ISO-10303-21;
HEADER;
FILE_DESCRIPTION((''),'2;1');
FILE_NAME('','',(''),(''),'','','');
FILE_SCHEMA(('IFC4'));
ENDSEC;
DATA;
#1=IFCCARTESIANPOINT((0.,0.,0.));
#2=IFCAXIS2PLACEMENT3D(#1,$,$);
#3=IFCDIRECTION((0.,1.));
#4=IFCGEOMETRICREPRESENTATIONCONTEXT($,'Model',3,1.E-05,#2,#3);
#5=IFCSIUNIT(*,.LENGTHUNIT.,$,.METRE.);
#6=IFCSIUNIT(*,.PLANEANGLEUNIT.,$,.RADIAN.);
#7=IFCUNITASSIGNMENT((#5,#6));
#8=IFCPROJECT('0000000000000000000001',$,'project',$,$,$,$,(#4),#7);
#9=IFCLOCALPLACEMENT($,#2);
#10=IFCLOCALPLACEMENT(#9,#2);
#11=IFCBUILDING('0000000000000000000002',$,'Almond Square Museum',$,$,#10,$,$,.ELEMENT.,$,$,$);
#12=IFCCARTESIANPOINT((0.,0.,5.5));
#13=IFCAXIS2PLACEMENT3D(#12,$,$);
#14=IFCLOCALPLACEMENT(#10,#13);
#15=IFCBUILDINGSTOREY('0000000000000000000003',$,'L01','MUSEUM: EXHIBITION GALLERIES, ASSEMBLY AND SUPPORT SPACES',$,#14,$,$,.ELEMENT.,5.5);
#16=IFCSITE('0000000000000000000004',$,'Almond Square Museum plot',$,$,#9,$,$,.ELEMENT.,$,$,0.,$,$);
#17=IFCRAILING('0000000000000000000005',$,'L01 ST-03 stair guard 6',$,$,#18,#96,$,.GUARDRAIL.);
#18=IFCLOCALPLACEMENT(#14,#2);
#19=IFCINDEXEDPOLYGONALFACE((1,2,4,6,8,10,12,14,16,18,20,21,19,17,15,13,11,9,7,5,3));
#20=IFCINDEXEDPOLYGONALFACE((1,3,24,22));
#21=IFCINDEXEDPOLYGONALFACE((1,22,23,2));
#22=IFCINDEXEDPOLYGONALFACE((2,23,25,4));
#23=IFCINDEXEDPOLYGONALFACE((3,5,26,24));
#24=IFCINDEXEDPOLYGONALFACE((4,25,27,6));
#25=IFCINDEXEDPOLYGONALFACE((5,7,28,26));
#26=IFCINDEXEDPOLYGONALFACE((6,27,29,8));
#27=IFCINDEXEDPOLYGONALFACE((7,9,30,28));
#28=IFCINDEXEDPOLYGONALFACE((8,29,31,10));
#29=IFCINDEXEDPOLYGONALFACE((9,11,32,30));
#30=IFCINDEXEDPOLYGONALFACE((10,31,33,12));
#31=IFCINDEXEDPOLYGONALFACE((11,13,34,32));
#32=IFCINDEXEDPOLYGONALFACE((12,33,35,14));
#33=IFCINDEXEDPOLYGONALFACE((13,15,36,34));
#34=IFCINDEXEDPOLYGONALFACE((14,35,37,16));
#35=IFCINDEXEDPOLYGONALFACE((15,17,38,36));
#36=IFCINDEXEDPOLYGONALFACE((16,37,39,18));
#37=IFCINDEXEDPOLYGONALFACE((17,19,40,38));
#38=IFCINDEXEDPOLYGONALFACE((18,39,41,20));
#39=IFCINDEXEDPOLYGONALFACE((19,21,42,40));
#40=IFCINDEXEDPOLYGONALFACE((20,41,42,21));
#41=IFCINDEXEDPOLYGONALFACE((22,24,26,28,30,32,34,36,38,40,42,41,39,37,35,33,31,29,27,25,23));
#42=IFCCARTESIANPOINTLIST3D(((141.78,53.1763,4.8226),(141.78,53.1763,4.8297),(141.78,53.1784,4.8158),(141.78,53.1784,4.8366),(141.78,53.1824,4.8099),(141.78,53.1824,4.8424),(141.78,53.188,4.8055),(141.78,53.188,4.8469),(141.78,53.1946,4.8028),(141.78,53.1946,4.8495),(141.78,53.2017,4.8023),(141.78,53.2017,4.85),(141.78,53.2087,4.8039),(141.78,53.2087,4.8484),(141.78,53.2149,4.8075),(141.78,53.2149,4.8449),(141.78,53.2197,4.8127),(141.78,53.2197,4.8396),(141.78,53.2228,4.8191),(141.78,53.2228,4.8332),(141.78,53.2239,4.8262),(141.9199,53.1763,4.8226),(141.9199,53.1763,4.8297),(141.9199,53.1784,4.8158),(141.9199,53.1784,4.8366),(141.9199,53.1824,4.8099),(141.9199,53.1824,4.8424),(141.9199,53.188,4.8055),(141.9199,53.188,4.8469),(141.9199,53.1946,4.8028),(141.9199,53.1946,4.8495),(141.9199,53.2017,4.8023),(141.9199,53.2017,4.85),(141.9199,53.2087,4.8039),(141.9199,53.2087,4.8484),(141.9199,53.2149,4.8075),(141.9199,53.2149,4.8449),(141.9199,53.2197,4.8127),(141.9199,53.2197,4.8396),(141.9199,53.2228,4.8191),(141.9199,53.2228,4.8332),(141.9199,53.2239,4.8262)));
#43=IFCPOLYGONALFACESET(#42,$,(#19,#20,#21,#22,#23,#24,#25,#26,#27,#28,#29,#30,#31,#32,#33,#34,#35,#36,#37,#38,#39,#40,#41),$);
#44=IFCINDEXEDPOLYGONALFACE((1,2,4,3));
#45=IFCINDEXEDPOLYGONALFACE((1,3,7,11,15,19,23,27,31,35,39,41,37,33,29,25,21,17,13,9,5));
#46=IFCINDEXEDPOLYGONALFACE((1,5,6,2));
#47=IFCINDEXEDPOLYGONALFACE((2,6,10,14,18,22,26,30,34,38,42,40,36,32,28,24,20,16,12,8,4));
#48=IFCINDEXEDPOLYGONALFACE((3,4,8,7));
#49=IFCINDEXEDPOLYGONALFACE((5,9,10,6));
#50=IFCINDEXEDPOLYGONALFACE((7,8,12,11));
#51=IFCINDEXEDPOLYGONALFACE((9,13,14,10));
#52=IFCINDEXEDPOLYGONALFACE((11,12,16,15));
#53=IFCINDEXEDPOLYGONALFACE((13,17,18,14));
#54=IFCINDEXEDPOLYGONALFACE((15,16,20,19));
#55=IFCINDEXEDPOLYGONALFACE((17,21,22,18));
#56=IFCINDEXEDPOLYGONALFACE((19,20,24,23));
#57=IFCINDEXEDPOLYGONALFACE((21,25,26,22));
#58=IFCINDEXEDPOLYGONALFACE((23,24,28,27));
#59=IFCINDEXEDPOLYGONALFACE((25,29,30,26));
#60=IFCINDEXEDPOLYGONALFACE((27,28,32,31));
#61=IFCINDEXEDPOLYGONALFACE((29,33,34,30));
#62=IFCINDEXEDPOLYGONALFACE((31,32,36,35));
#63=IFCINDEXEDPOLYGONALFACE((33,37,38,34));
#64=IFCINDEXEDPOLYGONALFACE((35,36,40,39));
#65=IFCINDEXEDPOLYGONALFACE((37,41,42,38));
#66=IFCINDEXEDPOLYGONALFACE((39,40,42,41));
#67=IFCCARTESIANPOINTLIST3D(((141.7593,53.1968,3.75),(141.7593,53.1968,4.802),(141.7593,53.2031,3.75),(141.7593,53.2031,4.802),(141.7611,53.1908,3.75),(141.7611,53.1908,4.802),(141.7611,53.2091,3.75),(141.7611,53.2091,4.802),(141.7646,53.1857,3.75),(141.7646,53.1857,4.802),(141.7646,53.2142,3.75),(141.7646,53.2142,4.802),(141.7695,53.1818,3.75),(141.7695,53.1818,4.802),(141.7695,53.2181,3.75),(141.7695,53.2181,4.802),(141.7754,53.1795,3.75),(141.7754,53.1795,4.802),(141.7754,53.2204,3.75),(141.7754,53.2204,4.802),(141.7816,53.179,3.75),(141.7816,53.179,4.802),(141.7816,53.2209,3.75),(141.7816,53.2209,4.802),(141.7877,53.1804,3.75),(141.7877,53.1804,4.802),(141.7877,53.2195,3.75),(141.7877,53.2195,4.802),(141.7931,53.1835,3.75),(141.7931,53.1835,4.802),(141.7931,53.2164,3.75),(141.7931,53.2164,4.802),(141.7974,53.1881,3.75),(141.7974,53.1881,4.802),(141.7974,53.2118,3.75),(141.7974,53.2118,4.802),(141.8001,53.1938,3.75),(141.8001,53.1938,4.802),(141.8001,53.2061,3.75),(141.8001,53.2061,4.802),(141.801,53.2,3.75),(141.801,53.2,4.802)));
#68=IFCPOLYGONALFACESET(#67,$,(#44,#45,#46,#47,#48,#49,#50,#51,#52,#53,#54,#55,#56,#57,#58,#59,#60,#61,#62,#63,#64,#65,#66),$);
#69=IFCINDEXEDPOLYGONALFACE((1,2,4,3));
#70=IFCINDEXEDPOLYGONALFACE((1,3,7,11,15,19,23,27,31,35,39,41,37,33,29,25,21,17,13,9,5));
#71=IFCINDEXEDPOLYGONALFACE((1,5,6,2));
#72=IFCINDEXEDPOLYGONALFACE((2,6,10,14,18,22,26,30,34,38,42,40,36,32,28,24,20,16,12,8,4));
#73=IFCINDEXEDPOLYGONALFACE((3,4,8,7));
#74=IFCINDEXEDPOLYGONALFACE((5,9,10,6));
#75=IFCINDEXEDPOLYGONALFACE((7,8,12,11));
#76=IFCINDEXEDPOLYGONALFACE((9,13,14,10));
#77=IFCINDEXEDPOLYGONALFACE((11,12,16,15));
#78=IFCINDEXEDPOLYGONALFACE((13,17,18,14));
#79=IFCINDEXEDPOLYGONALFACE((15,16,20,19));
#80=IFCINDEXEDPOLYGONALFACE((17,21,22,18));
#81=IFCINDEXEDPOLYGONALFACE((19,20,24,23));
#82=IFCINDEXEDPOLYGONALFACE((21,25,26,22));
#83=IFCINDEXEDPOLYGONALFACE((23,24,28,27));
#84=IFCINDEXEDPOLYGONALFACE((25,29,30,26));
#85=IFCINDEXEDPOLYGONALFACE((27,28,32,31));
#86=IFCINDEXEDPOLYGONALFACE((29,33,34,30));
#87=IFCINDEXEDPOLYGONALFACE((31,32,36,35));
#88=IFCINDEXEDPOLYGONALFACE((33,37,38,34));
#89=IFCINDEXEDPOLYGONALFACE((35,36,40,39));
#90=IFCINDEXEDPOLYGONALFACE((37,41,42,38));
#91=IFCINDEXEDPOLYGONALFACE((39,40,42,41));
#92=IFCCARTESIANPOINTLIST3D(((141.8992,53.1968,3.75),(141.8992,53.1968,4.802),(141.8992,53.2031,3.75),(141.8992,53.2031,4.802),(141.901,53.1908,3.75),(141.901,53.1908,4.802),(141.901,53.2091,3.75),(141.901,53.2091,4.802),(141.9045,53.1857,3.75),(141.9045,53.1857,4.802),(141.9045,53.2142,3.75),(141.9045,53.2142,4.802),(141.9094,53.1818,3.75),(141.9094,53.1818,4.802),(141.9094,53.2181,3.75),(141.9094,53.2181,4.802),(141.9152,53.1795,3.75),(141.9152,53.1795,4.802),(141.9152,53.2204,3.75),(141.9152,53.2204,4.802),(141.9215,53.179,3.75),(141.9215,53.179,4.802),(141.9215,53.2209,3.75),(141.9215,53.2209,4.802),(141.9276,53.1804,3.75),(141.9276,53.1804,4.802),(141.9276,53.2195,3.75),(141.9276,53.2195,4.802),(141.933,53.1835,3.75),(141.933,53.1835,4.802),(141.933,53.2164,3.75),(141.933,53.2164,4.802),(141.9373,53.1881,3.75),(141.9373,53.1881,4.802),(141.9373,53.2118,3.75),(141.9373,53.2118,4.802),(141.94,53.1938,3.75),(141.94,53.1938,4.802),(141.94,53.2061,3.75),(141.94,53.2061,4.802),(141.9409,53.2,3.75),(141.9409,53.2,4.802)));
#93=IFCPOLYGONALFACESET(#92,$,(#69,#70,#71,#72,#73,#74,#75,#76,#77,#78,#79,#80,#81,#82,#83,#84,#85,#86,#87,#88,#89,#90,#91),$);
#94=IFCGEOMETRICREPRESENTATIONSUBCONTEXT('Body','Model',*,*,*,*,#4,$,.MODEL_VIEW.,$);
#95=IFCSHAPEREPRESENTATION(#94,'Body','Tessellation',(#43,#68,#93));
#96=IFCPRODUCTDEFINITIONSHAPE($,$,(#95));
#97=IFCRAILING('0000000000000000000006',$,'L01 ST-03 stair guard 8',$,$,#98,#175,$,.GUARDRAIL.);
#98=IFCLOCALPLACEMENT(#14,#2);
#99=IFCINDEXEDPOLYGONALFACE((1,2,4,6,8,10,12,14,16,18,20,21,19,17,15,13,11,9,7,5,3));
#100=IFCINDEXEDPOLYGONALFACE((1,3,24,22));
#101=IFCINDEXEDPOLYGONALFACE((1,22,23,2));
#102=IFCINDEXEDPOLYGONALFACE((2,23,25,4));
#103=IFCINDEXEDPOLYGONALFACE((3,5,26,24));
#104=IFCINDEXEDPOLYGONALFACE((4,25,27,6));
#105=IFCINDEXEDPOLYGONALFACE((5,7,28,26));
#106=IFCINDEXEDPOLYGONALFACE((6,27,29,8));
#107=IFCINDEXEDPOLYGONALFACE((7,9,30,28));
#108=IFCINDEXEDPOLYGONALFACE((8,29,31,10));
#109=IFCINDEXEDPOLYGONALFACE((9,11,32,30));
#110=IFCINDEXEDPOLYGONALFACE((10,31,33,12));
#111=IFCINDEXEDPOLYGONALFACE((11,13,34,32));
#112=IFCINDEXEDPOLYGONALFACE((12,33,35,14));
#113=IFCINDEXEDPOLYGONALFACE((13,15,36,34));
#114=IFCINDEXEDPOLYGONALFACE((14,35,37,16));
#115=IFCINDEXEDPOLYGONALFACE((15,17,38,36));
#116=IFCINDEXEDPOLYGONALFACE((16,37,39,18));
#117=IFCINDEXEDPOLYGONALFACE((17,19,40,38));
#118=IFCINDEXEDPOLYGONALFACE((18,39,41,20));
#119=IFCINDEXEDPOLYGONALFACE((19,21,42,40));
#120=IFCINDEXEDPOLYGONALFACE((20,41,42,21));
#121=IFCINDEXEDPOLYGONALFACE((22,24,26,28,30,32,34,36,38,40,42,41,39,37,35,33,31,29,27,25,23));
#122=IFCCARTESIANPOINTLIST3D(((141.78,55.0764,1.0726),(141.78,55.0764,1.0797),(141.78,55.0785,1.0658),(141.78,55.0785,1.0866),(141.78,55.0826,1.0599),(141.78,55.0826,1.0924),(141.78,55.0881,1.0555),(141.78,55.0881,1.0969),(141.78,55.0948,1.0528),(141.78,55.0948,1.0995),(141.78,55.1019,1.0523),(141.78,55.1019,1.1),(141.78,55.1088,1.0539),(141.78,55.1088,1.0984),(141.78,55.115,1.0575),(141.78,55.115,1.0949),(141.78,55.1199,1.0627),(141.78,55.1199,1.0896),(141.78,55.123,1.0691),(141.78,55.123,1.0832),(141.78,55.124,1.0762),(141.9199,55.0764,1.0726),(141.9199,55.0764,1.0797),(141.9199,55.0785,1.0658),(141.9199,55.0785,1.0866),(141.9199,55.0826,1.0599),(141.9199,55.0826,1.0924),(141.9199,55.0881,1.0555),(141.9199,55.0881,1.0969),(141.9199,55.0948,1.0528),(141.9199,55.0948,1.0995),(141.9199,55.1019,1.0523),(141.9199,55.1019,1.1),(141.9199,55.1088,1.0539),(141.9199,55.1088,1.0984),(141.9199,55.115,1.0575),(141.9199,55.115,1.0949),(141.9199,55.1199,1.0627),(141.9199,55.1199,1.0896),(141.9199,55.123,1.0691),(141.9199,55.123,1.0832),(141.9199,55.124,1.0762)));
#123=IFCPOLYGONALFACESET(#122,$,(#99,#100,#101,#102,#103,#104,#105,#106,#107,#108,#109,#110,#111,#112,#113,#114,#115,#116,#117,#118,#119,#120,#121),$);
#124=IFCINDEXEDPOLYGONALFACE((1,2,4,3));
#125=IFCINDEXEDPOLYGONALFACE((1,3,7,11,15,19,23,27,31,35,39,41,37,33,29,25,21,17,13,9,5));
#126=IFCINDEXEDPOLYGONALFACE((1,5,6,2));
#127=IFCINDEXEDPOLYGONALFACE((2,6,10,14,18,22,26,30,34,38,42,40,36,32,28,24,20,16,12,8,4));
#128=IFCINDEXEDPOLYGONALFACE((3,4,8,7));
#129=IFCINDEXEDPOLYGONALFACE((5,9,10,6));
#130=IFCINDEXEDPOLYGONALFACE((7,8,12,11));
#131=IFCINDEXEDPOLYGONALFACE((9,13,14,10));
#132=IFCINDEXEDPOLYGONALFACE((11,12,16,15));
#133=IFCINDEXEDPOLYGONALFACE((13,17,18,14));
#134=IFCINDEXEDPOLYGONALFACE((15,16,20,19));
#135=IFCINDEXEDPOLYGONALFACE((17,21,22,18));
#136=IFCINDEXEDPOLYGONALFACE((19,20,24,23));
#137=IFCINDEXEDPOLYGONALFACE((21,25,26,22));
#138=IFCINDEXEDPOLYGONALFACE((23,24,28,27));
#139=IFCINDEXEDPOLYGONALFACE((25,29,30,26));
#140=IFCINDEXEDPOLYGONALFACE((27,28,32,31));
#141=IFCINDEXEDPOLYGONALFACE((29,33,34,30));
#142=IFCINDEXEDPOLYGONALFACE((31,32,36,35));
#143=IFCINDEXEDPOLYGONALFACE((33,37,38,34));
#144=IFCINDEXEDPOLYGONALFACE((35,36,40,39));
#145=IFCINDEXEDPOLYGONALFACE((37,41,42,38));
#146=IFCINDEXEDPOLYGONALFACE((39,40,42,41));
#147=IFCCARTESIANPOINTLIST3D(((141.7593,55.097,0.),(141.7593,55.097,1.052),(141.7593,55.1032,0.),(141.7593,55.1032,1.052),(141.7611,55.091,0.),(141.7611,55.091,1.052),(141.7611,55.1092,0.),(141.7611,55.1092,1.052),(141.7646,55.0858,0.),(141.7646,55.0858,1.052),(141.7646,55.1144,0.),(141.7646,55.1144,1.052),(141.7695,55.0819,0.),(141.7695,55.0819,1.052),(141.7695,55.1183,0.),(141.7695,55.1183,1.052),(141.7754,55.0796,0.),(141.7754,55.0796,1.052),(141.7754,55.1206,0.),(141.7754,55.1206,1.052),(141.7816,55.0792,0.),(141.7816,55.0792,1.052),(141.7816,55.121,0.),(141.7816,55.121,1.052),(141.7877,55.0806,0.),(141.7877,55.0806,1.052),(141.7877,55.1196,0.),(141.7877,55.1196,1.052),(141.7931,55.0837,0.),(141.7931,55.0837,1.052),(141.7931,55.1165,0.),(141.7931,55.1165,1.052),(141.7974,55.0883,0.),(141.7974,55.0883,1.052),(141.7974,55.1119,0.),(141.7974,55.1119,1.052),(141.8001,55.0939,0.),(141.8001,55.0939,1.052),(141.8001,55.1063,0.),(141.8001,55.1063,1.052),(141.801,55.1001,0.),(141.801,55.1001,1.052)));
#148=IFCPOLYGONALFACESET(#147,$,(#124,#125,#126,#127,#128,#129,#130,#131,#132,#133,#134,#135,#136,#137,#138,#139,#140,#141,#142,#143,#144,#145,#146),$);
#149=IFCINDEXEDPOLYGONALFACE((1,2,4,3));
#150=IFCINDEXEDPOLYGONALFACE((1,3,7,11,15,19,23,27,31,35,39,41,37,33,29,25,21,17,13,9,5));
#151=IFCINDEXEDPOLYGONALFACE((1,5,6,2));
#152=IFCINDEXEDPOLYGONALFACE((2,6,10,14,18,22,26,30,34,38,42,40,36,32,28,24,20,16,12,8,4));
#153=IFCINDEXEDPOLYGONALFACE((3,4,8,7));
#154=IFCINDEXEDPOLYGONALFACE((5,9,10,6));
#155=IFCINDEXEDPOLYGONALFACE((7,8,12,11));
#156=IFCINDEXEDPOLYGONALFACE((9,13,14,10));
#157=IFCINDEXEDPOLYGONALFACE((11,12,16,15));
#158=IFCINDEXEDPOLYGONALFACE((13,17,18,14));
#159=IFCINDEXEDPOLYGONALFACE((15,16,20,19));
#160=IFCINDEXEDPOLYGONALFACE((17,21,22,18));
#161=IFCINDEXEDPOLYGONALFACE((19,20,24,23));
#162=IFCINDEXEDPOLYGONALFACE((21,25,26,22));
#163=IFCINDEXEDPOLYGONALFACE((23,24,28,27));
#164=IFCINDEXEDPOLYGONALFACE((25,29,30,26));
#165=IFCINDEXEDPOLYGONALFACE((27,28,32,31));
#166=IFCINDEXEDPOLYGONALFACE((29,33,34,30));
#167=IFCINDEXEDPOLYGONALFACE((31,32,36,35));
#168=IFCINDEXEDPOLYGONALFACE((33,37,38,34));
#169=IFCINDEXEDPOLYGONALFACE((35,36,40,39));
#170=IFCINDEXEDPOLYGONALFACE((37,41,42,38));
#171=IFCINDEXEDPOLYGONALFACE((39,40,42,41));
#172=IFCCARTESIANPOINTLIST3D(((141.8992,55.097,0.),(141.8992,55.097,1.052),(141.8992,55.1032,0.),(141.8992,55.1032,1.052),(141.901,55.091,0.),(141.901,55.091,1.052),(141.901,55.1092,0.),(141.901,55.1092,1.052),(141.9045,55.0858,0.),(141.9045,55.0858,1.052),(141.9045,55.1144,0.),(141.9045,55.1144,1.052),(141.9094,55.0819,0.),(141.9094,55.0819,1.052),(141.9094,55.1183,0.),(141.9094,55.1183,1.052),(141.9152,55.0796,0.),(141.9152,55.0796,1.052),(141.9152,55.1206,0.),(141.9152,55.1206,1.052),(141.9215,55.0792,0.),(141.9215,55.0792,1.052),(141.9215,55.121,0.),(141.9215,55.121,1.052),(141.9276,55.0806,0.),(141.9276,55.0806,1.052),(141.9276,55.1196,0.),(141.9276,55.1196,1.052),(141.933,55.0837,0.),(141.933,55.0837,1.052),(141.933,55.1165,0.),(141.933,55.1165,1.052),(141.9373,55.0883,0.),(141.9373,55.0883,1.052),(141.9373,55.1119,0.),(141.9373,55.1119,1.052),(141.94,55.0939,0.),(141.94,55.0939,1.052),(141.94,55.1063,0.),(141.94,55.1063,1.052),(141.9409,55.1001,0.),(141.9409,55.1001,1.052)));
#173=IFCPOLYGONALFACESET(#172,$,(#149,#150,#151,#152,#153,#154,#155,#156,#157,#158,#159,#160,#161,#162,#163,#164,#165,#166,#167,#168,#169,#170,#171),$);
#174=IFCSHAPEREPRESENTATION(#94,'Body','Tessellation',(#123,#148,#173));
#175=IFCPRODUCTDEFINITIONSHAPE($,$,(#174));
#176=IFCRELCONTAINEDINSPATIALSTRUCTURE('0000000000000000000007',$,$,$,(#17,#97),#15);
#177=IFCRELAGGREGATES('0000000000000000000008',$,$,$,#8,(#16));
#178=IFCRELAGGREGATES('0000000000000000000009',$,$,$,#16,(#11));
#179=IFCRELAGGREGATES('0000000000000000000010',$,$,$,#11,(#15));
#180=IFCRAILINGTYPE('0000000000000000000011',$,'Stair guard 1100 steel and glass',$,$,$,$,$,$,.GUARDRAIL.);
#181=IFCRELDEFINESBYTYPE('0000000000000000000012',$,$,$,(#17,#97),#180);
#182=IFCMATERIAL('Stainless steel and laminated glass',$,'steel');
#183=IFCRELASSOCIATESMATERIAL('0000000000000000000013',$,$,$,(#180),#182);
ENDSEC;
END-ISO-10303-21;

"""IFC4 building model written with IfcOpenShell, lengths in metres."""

from ifc_helpers import new_model, si_unit, direction, frame, origin, origin_2d, place, context, subcontext, project, spatial, circle, extrude, material, type_object, element, save


model = new_model("IFC4")

# Units and contexts
model_context = context("Model", 3, precision=1e-05, world=origin(), true_north=direction((0.0, 1.0)))
body_context = subcontext(model_context, "Body", "Model", "MODEL_VIEW")
ifc_project = project(units=[si_unit("LENGTHUNIT", "METRE"), si_unit("PLANEANGLEUNIT", "RADIAN")], contexts=[model_context])

# Site, building, storey
site_placement = place(None, origin())
site = spatial("IfcSite", under=ifc_project, at=site_placement, Name="Almond Square Museum plot", CompositionType="ELEMENT", RefElevation=0.0)
building_placement = place(site_placement, origin())
building = spatial("IfcBuilding", under=site, at=building_placement, Name="Almond Square Museum", CompositionType="ELEMENT")
storey_placement = place(building_placement, frame((0.0, 0.0, 5.5)))
storey = spatial("IfcBuildingStorey", under=building, at=storey_placement, Name="L01", Description="MUSEUM: EXHIBITION GALLERIES, ASSEMBLY AND SUPPORT SPACES", CompositionType="ELEMENT", Elevation=5.5)

# Railings
ifc_material_1 = material(Name="Stainless steel and laminated glass", Category="steel")
railing_type_1 = type_object("IfcRailingType", Name="Stair guard 1100 steel and glass", PredefinedType="GUARDRAIL", material=ifc_material_1)
for number, where, name in (
    (1, (141.78, 53.2, 3.75), "L01 ST-03 stair guard 6"),
    (2, (141.78, 55.1001, 0.0), "L01 ST-03 stair guard 8"),
):
    element("IfcRailing", number, at=place(storey_placement, frame(where)), inside=storey, type_object=railing_type_1, Name=name, PredefinedType="GUARDRAIL", context=body_context, shape_type="SweptSolid", body=[
        extrude(circle(Radius=0.0239, at=origin_2d()), frame((0.0, 0.0, 1.0762), z_axis=(1.0, 0.0, 0.0), x_axis=(0.0, 1.0, 0.0)), (0.0, 0.0, 1.0), 0.1399),
        extrude(circle(Radius=0.021, at=origin_2d()), origin(), (0.0, 0.0, 1.0), 1.052),
        extrude(circle(Radius=0.021, at=origin_2d()), frame((0.1399, 0.0, 0.0)), (0.0, 0.0, 1.0), 1.052),
    ])

save(model, "model.ifc")
